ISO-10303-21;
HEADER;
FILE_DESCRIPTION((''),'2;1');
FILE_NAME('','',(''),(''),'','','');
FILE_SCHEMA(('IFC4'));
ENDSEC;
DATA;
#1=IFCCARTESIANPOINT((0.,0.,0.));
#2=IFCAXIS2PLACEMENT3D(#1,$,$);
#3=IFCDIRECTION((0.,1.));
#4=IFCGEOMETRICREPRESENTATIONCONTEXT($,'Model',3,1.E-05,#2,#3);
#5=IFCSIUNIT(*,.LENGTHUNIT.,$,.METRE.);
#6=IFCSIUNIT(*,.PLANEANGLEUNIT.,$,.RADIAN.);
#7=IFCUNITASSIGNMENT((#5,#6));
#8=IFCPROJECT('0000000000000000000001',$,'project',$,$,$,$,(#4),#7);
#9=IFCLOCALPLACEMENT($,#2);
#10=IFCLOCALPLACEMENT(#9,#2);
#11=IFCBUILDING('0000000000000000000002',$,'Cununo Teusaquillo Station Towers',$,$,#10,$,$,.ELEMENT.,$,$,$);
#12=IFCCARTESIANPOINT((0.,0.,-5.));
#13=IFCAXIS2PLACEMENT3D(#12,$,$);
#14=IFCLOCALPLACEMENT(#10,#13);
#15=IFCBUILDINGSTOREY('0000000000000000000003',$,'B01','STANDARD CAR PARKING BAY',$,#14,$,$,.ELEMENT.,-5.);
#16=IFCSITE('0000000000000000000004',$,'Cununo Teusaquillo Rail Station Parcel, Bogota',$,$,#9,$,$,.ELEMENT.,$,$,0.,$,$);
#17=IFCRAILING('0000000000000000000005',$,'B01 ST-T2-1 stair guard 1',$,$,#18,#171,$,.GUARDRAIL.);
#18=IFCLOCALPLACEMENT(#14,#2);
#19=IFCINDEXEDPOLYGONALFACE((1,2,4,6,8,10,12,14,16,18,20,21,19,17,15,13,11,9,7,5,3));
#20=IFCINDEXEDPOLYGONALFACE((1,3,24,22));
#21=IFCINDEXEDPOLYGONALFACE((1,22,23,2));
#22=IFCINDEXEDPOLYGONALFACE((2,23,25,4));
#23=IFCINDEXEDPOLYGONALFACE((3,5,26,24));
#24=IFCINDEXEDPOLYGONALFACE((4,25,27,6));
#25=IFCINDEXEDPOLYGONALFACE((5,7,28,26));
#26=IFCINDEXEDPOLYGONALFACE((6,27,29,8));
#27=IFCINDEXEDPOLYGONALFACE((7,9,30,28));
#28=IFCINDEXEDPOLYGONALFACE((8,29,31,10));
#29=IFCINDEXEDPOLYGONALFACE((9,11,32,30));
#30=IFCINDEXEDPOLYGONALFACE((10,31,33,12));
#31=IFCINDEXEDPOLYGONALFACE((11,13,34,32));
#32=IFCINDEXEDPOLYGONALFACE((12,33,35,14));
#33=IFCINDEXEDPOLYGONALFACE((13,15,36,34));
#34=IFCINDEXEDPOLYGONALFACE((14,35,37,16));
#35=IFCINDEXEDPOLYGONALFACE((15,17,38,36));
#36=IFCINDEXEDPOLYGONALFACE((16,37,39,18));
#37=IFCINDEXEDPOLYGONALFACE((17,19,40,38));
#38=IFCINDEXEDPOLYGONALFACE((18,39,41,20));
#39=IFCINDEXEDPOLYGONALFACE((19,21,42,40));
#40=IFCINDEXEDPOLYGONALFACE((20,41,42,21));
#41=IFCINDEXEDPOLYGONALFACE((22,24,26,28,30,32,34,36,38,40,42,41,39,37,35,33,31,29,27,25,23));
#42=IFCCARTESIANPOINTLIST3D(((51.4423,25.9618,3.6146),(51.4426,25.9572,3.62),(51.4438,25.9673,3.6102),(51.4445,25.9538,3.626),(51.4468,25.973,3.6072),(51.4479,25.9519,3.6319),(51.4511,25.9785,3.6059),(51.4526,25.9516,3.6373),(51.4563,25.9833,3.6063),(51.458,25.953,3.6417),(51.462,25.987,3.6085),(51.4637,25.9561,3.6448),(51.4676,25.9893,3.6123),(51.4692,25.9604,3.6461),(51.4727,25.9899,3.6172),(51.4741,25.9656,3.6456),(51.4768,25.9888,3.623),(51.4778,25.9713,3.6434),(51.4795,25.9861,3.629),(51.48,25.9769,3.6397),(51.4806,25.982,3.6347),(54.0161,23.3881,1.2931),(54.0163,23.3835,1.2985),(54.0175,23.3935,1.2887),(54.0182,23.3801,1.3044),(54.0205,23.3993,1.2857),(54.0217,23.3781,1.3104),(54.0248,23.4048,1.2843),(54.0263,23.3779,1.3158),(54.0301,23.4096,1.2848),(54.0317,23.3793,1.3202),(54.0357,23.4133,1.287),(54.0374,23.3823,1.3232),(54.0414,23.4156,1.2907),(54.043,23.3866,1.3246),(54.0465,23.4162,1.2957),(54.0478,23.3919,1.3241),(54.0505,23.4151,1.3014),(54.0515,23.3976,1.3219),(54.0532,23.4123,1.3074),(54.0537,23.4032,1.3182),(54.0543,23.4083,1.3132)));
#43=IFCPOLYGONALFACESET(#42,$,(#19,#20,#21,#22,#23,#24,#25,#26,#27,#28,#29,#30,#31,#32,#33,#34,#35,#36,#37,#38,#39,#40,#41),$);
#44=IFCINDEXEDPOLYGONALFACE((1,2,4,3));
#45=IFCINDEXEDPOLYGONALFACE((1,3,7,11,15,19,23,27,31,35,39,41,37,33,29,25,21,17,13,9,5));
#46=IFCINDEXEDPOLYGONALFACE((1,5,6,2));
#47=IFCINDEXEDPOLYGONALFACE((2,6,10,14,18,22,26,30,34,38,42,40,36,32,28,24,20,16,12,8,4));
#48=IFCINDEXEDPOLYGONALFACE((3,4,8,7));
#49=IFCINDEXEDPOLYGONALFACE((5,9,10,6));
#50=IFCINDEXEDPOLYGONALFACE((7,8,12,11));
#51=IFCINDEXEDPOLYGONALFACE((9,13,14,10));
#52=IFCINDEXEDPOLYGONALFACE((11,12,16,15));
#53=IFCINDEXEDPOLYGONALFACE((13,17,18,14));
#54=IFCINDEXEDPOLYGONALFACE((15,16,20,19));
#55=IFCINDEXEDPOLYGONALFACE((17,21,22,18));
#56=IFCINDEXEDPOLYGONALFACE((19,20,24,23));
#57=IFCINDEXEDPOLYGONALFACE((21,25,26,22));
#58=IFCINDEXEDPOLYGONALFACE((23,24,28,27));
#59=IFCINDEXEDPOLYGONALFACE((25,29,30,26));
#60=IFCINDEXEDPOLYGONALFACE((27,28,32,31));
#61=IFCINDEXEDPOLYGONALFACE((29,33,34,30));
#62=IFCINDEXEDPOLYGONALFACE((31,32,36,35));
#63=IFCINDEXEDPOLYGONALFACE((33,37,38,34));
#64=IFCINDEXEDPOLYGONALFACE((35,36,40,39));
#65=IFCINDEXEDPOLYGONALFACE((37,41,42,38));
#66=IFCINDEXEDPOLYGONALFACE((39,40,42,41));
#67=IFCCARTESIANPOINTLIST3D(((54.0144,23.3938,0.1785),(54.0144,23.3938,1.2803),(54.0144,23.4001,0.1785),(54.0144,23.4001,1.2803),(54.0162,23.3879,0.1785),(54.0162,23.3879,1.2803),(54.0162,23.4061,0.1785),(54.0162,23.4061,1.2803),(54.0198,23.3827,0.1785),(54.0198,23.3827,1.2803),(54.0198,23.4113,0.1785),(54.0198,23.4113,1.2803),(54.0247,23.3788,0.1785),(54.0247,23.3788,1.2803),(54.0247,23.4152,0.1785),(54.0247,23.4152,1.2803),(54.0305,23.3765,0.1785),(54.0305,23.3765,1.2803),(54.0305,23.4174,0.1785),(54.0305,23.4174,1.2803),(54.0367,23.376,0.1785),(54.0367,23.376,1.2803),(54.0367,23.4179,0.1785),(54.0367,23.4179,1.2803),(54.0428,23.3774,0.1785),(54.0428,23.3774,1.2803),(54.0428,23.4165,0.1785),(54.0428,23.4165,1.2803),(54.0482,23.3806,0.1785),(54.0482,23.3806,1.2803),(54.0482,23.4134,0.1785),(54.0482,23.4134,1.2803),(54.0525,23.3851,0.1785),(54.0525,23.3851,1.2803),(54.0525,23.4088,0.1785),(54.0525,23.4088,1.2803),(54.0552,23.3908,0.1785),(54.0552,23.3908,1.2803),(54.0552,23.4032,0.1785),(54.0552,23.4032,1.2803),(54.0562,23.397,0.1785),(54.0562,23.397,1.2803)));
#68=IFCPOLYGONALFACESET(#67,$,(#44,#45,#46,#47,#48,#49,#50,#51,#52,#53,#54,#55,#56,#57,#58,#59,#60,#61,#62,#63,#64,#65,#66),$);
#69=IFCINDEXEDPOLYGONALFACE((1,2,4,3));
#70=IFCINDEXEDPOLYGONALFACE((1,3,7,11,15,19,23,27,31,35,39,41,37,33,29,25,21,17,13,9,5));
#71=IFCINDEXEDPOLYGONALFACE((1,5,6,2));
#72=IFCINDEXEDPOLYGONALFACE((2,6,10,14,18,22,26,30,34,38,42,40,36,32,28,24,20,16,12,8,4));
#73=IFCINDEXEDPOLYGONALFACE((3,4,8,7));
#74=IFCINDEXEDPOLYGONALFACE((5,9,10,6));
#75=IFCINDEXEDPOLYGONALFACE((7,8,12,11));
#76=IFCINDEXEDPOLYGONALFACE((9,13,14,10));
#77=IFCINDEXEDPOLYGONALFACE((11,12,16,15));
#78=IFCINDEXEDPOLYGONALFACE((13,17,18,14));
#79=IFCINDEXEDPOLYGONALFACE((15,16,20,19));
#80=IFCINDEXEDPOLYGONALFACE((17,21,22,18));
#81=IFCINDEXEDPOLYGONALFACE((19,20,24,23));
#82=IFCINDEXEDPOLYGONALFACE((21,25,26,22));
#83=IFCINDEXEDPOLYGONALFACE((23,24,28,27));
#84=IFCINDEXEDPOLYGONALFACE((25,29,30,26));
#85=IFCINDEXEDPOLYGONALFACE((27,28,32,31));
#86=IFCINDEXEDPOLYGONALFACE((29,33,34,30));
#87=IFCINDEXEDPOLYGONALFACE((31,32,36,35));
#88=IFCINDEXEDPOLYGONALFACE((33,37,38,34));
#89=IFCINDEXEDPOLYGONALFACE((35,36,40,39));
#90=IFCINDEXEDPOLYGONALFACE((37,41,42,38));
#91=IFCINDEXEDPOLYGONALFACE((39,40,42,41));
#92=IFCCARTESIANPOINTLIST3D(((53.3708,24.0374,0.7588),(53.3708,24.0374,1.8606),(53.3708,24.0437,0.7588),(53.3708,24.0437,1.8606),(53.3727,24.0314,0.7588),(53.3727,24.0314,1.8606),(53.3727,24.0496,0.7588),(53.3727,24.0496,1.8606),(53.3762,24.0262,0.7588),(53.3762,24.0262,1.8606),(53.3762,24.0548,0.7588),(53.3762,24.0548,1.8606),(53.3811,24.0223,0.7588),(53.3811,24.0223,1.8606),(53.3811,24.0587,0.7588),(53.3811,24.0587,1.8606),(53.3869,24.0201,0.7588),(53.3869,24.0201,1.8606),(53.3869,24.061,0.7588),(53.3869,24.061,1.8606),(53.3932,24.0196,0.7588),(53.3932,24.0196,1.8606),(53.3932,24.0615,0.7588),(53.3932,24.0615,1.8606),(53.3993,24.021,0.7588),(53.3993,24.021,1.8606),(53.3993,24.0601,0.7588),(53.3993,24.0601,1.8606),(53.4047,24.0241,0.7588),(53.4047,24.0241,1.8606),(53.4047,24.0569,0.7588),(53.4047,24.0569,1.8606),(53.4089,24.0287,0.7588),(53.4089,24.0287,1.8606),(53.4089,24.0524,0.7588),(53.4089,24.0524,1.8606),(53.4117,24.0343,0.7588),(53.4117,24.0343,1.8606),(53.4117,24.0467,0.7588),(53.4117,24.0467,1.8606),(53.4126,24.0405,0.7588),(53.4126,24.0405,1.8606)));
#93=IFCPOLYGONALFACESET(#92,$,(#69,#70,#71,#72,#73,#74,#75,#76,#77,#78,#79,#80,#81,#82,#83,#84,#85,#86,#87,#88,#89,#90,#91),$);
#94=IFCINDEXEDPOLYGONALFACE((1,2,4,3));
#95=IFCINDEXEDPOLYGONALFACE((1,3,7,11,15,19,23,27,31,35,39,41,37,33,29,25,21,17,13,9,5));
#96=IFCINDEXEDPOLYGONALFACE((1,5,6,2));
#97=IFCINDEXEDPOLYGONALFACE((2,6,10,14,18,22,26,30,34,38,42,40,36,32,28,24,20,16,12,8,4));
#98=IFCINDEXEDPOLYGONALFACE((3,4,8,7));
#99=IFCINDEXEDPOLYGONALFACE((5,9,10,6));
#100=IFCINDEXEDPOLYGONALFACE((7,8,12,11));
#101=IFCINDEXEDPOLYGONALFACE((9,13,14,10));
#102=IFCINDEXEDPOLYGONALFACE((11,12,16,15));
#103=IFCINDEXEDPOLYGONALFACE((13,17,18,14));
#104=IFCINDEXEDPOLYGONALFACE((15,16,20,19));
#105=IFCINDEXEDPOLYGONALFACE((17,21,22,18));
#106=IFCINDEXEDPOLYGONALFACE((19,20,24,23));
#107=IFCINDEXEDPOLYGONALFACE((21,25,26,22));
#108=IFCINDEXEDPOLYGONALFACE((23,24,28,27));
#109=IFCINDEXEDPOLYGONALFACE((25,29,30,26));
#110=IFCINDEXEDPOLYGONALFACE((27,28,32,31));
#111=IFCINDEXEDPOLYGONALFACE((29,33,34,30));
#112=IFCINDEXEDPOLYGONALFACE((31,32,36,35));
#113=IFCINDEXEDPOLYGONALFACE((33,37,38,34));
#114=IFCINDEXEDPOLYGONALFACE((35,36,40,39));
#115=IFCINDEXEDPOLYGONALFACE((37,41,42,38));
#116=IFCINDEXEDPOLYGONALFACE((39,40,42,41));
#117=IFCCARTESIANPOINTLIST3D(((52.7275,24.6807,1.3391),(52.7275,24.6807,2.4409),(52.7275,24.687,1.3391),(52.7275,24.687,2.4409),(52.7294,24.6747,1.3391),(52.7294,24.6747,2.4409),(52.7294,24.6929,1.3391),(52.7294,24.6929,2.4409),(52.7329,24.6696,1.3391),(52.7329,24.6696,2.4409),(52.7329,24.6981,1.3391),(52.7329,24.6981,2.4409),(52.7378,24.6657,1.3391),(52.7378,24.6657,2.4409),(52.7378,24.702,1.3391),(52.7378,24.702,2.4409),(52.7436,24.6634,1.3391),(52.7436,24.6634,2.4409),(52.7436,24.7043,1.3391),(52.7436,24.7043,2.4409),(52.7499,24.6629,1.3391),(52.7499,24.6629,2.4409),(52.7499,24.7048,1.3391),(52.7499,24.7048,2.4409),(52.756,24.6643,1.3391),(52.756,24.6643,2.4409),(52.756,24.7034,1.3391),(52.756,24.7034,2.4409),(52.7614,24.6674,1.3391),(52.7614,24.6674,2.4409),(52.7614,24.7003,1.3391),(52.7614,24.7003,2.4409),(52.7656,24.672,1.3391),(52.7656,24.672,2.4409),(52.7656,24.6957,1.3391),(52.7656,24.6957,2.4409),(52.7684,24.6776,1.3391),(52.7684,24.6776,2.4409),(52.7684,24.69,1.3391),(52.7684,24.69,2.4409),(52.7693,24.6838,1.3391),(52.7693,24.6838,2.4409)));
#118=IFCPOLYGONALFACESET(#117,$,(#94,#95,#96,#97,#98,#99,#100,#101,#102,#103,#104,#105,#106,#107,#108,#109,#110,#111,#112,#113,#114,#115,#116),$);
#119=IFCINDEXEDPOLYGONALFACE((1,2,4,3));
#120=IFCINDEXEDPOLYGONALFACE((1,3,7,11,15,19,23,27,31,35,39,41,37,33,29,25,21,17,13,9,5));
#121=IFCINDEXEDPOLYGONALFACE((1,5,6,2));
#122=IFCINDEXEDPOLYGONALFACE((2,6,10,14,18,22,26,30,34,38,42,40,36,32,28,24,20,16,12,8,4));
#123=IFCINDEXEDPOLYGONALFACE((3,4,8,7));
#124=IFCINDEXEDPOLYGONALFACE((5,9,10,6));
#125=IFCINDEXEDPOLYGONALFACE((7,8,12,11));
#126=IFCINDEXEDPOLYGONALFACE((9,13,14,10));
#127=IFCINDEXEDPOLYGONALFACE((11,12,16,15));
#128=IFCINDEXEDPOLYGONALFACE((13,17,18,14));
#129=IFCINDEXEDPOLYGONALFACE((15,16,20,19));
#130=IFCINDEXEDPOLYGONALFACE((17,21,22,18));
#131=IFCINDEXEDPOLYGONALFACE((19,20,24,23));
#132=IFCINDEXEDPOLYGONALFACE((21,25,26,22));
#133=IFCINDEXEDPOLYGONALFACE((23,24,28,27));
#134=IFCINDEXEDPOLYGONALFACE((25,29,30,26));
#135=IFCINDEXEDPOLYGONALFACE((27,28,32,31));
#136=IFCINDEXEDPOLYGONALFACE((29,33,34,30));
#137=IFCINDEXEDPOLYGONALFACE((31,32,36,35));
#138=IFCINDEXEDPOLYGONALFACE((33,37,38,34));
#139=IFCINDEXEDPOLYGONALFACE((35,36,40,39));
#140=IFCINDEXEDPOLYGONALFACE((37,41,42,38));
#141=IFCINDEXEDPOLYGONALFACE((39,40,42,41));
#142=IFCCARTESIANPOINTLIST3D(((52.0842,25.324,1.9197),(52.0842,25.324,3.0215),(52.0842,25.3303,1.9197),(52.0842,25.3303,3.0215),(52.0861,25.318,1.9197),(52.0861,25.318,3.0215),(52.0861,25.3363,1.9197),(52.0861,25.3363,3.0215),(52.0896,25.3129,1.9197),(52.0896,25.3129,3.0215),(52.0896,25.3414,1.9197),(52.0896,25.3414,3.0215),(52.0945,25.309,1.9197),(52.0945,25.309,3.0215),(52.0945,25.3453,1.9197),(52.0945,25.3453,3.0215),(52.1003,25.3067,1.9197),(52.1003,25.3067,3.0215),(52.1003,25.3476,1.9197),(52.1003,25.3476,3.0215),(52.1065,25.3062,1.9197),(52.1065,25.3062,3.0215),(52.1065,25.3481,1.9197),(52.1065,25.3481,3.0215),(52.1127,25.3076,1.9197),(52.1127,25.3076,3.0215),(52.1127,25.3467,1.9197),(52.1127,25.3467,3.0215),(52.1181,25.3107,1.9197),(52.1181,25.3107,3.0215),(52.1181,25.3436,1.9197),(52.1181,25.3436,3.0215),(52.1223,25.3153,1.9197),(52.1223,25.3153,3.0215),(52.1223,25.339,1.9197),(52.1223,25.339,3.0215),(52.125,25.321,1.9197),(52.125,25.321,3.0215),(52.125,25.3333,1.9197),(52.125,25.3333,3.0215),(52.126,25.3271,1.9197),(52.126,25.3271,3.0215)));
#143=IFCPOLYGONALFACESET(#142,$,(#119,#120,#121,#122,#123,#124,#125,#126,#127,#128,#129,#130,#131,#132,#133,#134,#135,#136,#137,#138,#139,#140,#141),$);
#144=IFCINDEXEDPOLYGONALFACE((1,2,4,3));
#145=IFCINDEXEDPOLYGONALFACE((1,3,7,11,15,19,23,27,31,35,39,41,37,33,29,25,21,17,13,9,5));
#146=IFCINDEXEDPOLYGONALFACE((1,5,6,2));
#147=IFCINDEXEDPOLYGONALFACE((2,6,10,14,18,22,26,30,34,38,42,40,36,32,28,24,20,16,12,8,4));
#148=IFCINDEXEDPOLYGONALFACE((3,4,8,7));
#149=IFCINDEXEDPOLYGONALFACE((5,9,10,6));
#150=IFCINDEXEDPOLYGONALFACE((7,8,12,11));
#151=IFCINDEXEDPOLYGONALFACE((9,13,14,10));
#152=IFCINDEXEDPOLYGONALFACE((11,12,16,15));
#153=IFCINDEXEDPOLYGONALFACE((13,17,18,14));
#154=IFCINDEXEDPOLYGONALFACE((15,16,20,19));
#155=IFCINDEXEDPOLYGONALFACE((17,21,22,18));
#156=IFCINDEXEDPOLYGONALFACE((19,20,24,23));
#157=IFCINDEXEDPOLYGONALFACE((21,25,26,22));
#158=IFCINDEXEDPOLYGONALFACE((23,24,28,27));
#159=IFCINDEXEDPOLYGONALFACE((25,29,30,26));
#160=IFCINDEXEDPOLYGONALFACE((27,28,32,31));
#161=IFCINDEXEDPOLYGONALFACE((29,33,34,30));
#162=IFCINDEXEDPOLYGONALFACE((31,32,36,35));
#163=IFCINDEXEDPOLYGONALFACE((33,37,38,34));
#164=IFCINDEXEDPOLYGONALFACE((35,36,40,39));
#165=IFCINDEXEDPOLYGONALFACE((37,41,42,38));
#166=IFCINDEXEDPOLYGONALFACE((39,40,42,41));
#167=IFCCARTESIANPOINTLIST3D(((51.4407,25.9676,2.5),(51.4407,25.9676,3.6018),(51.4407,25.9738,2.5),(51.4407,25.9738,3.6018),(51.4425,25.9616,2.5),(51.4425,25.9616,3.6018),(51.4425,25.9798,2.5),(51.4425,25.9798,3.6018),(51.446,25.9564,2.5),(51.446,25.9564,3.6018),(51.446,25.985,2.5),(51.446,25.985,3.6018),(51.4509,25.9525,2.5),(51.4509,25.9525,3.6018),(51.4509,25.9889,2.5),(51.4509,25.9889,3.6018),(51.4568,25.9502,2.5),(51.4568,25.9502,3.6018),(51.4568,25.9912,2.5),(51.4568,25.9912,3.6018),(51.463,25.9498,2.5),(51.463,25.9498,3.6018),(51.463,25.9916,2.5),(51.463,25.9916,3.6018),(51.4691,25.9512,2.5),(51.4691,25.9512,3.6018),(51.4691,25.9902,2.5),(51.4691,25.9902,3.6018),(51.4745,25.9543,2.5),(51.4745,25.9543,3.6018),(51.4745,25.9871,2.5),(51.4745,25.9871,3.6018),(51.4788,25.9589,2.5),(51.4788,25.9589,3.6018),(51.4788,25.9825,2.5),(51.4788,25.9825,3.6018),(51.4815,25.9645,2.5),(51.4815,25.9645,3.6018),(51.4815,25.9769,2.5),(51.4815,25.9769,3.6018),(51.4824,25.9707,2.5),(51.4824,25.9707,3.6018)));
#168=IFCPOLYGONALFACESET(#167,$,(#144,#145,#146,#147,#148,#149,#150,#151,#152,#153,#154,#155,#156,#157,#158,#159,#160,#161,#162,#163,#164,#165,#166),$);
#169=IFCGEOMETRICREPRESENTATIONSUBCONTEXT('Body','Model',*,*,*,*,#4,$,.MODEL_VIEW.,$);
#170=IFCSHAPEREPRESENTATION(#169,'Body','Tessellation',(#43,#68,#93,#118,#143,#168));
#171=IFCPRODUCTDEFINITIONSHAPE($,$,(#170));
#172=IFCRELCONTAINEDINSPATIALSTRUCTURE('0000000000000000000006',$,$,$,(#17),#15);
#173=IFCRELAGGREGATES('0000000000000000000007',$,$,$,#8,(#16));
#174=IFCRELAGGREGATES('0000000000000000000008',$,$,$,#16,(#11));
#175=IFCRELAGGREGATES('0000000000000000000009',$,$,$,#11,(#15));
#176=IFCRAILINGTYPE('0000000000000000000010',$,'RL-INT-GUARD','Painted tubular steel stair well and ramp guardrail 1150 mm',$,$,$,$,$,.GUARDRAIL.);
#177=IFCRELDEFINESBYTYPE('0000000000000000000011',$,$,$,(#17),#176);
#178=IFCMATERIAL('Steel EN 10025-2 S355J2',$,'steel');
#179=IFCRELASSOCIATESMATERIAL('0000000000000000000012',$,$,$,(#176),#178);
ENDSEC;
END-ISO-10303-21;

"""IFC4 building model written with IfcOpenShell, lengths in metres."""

from ifc_helpers import new_model, si_unit, direction, frame, origin, origin_2d, place, context, subcontext, project, spatial, circle, extrude, material, type_object, element, save


model = new_model("IFC4")

# Units and contexts
model_context = context("Model", 3, precision=1e-05, world=origin(), true_north=direction((0.0, 1.0)))
body_context = subcontext(model_context, "Body", "Model", "MODEL_VIEW")
ifc_project = project(units=[si_unit("LENGTHUNIT", "METRE"), si_unit("PLANEANGLEUNIT", "RADIAN")], contexts=[model_context])

# Site, building, storey
site_placement = place(None, origin())
site = spatial("IfcSite", under=ifc_project, at=site_placement, Name="Cununo Teusaquillo Rail Station Parcel, Bogota", CompositionType="ELEMENT", RefElevation=0.0)
building_placement = place(site_placement, origin())
building = spatial("IfcBuilding", under=site, at=building_placement, Name="Cununo Teusaquillo Station Towers", CompositionType="ELEMENT")
storey_placement = place(building_placement, frame((0.0, 0.0, -5.0)))
storey = spatial("IfcBuildingStorey", under=building, at=storey_placement, Name="B01", Description="STANDARD CAR PARKING BAY", CompositionType="ELEMENT", Elevation=-5.0)

# Railing
ifc_material_1 = material(Name="Steel EN 10025-2 S355J2", Category="steel")
railing_type_1 = type_object("IfcRailingType", Name="RL-INT-GUARD", Description="Painted tubular steel stair well and ramp guardrail 1150 mm", PredefinedType="GUARDRAIL", material=ifc_material_1)
railing_1_placement = place(storey_placement, frame((54.0352, 23.397, 0.1785)))
element("IfcRailing", 1, at=railing_1_placement, inside=storey, type_object=railing_type_1, Name="B01 ST-T2-1 stair guard 1", PredefinedType="GUARDRAIL", context=body_context, shape_type="SweptSolid", body=[
    extrude(circle(Radius=0.0239, at=origin_2d()), frame((0.0, 0.0, 1.126), z_axis=(-0.596166, 0.596166, 0.537748), x_axis=(-0.707107, -0.707107, 0.0)), (0.0, 0.0, 1.0), 4.3171),
    extrude(circle(Radius=0.021, at=origin_2d()), origin(), (0.0, 0.0, 1.0), 1.1018),
    extrude(circle(Radius=0.021, at=origin_2d()), frame((-0.6436, 0.6436, 0.5803)), (0.0, 0.0, 1.0), 1.1018),
    extrude(circle(Radius=0.021, at=origin_2d()), frame((-1.2869, 1.2869, 1.1606)), (0.0, 0.0, 1.0), 1.1018),
    extrude(circle(Radius=0.021, at=origin_2d()), frame((-1.9302, 1.9302, 1.7412)), (0.0, 0.0, 1.0), 1.1018),
    extrude(circle(Radius=0.021, at=origin_2d()), frame((-2.5737, 2.5737, 2.3215)), (0.0, 0.0, 1.0), 1.1018),
])

save(model, "model.ifc")
